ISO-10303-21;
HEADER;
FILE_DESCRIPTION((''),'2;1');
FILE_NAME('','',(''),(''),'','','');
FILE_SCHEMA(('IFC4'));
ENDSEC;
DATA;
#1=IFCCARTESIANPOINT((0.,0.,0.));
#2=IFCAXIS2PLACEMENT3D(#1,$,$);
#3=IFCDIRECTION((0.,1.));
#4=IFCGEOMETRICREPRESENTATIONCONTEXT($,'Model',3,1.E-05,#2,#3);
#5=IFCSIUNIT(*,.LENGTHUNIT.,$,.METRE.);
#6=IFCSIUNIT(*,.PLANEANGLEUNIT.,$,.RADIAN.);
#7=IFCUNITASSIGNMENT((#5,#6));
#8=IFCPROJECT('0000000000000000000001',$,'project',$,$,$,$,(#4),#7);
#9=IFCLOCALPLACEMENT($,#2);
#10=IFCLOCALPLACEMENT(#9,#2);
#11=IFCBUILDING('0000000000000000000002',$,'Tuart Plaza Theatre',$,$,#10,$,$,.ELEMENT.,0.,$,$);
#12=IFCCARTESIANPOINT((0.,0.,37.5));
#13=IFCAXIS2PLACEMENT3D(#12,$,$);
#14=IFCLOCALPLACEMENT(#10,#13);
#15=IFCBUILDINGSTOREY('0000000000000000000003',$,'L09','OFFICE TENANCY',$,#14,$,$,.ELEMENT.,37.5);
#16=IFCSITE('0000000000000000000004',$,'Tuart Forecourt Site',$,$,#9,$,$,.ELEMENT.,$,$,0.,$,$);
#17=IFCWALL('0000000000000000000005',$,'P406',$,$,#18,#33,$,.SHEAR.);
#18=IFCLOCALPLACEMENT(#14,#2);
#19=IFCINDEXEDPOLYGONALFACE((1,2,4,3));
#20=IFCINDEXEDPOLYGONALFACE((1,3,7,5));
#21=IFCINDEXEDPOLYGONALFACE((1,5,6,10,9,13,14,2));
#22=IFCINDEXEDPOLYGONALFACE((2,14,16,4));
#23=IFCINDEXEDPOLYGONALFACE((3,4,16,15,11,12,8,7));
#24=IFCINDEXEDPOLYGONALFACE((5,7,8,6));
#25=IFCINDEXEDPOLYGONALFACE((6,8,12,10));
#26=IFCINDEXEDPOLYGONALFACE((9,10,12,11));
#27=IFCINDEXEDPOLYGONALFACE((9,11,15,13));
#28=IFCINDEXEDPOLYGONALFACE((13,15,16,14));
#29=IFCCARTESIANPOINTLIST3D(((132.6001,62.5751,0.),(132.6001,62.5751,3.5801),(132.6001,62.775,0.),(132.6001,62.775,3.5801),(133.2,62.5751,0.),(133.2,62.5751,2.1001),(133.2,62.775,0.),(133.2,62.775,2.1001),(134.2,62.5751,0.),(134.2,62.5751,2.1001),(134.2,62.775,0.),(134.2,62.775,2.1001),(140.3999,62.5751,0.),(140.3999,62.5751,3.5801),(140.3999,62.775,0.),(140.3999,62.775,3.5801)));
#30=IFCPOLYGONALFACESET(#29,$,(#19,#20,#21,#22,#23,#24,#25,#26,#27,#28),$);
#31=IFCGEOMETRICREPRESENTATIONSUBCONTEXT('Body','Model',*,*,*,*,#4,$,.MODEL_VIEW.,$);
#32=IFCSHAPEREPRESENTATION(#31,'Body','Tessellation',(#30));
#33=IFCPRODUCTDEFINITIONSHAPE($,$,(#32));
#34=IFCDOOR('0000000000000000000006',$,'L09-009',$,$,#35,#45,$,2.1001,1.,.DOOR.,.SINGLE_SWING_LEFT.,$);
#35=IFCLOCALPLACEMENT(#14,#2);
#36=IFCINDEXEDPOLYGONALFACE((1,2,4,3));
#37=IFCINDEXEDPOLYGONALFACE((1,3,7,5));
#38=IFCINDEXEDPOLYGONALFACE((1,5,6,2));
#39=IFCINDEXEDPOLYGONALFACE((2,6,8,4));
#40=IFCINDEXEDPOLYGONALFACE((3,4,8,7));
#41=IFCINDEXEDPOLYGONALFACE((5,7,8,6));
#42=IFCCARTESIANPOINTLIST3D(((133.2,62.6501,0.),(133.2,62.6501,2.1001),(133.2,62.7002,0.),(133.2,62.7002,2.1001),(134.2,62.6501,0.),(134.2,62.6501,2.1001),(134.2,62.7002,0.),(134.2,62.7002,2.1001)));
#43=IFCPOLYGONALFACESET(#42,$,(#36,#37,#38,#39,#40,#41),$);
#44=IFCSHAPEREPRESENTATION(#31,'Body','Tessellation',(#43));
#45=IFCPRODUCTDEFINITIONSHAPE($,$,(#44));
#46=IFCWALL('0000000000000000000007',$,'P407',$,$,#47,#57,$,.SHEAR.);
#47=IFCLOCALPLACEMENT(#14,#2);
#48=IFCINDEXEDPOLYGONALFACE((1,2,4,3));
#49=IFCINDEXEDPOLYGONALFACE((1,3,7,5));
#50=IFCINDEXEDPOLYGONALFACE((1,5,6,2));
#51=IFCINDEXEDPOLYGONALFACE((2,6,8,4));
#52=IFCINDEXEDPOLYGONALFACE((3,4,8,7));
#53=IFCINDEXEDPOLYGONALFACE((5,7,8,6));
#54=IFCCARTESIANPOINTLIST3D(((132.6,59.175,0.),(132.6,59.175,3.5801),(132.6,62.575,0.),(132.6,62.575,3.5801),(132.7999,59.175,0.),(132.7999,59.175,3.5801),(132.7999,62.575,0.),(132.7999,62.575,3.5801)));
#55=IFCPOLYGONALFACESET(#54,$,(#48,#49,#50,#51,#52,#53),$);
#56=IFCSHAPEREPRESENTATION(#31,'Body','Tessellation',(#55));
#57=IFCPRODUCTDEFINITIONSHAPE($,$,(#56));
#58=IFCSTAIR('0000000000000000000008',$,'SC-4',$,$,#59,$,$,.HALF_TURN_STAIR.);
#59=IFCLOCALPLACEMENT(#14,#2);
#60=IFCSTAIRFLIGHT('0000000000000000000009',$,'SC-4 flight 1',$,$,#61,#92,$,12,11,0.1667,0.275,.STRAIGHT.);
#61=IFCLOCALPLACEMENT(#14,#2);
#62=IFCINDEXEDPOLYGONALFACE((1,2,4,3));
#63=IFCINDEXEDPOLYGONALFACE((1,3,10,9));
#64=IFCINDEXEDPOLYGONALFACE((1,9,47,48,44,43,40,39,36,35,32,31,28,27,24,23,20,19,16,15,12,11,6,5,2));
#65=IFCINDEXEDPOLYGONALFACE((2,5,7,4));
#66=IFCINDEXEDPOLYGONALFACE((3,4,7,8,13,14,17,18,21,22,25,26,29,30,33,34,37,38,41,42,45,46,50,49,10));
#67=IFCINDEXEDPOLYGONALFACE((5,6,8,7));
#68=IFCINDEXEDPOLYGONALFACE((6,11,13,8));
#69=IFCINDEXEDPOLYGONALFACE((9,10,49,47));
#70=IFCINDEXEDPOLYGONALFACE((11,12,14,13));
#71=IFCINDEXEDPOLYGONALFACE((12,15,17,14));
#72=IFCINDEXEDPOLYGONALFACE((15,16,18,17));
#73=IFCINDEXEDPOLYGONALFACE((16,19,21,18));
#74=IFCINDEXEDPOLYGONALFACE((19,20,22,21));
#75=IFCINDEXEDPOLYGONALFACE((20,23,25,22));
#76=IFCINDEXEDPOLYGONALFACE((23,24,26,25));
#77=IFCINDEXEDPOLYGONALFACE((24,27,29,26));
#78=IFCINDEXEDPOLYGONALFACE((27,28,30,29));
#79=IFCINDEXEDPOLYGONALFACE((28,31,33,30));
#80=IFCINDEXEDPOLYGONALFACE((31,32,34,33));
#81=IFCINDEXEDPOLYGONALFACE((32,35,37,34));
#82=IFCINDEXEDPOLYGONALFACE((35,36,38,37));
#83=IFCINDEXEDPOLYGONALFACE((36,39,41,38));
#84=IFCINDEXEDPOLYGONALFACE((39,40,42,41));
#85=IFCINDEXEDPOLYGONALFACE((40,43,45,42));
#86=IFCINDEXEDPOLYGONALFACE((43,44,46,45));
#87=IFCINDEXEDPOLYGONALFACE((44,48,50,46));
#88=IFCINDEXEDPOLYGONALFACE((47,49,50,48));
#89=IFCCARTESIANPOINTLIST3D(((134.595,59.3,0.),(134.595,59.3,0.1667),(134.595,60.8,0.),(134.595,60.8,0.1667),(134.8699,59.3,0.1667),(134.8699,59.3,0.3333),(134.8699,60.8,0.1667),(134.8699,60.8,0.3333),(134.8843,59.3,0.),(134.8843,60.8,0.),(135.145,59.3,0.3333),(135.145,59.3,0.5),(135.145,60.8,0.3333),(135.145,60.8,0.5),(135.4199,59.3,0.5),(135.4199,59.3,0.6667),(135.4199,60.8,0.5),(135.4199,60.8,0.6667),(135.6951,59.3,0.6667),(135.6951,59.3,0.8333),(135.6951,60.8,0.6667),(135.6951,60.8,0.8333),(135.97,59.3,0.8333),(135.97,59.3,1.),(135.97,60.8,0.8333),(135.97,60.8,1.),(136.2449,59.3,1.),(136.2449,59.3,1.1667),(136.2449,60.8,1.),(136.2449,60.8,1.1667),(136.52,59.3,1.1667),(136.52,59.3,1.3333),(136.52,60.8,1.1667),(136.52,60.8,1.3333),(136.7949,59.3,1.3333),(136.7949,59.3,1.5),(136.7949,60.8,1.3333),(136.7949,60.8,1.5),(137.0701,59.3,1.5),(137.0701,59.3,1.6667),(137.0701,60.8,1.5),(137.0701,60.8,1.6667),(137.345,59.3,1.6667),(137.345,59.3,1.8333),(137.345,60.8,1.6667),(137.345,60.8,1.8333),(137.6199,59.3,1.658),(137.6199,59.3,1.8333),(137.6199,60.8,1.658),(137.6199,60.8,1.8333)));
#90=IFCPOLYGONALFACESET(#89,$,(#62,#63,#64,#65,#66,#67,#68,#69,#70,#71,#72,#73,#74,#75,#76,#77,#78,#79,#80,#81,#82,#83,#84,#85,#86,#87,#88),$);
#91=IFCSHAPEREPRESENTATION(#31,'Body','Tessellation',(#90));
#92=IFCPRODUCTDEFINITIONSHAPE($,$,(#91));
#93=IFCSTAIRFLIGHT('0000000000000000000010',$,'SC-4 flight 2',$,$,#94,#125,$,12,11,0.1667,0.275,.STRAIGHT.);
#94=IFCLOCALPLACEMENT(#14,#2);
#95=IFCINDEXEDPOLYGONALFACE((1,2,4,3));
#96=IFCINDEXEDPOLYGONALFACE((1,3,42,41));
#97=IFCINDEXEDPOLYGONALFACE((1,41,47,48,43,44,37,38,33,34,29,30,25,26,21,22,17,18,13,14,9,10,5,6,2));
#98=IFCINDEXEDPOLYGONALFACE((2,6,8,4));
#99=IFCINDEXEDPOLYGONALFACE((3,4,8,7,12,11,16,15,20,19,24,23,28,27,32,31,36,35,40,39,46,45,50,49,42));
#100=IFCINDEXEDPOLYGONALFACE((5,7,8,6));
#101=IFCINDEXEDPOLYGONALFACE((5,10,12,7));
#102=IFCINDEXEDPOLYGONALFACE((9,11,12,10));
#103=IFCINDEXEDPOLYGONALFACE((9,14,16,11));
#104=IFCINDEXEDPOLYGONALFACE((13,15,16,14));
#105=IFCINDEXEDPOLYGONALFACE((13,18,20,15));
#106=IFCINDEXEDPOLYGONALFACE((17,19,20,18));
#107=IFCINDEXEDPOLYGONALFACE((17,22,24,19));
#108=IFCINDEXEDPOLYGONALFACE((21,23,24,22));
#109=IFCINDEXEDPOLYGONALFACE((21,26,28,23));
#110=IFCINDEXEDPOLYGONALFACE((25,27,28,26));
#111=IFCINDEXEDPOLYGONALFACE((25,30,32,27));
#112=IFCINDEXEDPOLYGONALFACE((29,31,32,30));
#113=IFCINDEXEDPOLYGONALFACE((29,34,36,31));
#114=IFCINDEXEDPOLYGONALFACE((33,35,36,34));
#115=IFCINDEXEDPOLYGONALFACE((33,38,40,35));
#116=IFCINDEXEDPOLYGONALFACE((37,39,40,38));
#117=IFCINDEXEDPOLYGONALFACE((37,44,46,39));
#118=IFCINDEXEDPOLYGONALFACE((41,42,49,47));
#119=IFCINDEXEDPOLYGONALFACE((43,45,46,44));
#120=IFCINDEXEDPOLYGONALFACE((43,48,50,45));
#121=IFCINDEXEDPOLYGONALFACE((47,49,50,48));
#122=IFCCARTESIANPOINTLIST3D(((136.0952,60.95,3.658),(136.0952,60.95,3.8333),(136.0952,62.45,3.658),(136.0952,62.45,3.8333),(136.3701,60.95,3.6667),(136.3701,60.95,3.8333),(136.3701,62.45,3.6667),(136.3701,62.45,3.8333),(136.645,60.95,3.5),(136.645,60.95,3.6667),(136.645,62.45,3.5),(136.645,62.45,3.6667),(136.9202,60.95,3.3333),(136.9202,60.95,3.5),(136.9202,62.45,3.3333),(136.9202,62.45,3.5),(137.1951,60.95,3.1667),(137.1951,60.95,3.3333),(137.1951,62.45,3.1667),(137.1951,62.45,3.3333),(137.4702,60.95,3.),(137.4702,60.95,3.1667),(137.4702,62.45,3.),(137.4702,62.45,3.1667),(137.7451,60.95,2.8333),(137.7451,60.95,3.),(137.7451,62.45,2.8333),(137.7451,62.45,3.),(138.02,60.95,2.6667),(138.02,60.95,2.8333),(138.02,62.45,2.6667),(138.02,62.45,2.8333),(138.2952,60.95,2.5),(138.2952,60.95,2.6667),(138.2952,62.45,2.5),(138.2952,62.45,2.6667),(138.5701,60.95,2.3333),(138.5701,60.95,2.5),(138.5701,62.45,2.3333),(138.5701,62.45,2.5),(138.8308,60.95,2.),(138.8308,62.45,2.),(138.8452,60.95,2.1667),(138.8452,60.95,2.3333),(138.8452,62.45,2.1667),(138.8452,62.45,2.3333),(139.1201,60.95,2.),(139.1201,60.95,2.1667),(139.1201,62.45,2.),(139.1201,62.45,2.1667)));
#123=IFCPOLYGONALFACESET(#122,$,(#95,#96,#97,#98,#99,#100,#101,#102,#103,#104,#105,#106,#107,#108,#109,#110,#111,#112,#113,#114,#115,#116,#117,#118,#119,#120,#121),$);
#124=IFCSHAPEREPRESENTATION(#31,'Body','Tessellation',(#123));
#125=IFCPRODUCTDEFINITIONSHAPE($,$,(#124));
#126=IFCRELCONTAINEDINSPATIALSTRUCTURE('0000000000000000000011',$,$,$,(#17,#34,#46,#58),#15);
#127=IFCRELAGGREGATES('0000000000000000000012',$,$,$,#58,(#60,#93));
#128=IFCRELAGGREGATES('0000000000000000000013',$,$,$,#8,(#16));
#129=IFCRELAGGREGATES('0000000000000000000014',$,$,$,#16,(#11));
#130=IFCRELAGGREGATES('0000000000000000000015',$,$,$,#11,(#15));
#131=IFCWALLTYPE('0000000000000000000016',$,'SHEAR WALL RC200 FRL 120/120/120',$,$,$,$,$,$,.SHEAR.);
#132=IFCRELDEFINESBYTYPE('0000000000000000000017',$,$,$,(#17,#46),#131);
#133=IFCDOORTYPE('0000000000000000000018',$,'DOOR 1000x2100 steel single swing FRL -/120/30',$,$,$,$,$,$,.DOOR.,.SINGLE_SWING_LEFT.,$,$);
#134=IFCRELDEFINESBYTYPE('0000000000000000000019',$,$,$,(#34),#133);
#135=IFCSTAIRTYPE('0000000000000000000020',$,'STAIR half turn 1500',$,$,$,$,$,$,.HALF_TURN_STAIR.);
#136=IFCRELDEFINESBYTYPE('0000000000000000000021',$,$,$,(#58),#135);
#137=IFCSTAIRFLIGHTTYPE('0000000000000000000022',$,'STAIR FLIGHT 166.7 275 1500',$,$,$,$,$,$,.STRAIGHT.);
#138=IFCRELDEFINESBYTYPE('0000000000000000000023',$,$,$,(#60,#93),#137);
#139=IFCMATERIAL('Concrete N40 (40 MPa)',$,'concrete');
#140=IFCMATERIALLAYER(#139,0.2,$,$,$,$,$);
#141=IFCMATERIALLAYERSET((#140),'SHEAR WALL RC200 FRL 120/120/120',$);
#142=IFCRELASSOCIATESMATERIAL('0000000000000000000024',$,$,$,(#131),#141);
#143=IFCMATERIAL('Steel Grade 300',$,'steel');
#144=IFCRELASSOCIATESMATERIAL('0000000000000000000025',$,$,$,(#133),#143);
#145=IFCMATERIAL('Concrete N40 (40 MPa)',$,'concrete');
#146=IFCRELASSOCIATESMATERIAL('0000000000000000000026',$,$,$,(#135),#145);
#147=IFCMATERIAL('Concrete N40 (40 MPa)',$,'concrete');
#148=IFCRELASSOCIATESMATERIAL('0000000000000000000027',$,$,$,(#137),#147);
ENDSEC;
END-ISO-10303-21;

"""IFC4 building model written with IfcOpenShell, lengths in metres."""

from ifc_helpers import new_model, si_unit, direction, frame, frame_2d, origin, place, context, subcontext, project, spatial, polyline, rectangle, outline, extrude, material, layer, layer_set, type_object, element, fill, aggregate, save


model = new_model("IFC4")

# Units and contexts
model_context = context("Model", 3, precision=1e-05, world=origin(), true_north=direction((0.0, 1.0)))
body_context = subcontext(model_context, "Body", "Model", "MODEL_VIEW")
ifc_project = project(units=[si_unit("LENGTHUNIT", "METRE"), si_unit("PLANEANGLEUNIT", "RADIAN")], contexts=[model_context])

# Site, building, storey
site_placement = place(None, origin())
site = spatial("IfcSite", under=ifc_project, at=site_placement, Name="Tuart Forecourt Site", CompositionType="ELEMENT", RefElevation=0.0)
building_placement = place(site_placement, origin())
building = spatial("IfcBuilding", under=site, at=building_placement, Name="Tuart Plaza Theatre", CompositionType="ELEMENT", ElevationOfRefHeight=0.0)
storey_placement = place(building_placement, frame((0.0, 0.0, 37.5)))
storey = spatial("IfcBuildingStorey", under=building, at=storey_placement, Name="L09", Description="OFFICE TENANCY", CompositionType="ELEMENT", Elevation=37.5)

# Shared definitions
ifc_material_1 = material(Name="Concrete N40 (40 MPa)", Category="concrete")
ifc_layer_1 = layer(ifc_material_1, 0.2)
ifc_layer_set_1 = layer_set([ifc_layer_1], Name="SHEAR WALL RC200 FRL 120/120/120")
wall_type_1 = type_object("IfcWallType", Name="SHEAR WALL RC200 FRL 120/120/120", PredefinedType="SHEAR", material=ifc_layer_set_1)

# Wall, opening, door
wall_1_placement = place(storey_placement, frame((140.3999, 62.675, 0.0), z_axis=(0.0, 0.0, 1.0), x_axis=(-1.0, 0.0, 0.0)))
wall_1 = element("IfcWall", 1, at=wall_1_placement, inside=storey, type_object=wall_type_1, Name="P406", PredefinedType="SHEAR", context=body_context, shape_type="SweptSolid", body=[
    extrude(rectangle(XDim=7.7998, YDim=0.2, at=frame_2d((3.8999, 0.0))), origin(), (0.0, 0.0, 1.0), 3.5801),
])
opening_1_placement = place(wall_1_placement, frame((6.2, 0.0, 0.0)))
opening_1 = element("IfcOpeningElement", 2, at=opening_1_placement, cuts=wall_1, PredefinedType="OPENING", context=body_context, shape_type="SweptSolid", body=[
    extrude(rectangle(XDim=1.0, YDim=2.1001, at=frame_2d((0.5, 1.05))), frame((0.0, 0.1099, 0.0), z_axis=(0.0, -1.0, 0.0), x_axis=(1.0, 0.0, 0.0)), (0.0, 0.0, 1.0), 0.22),
])
ifc_material_2 = material(Name="Steel Grade 300", Category="steel")
door_type_1 = type_object("IfcDoorType", Name="DOOR 1000x2100 steel single swing FRL -/120/30", OperationType="SINGLE_SWING_LEFT", PredefinedType="DOOR", material=ifc_material_2)
door_1_placement = place(opening_1_placement, origin())
door_1 = element("IfcDoor", 3, at=door_1_placement, inside=storey, type_object=door_type_1, Name="L09-009", OperationType="SINGLE_SWING_LEFT", OverallHeight=2.1001, OverallWidth=1.0, PredefinedType="DOOR", context=body_context, shape_type="SweptSolid", body=[
    extrude(rectangle(XDim=1.0, YDim=2.1001, at=frame_2d((0.5, 1.05))), frame((0.0, 0.0249, 0.0), z_axis=(0.0, -1.0, 0.0), x_axis=(1.0, 0.0, 0.0)), (0.0, 0.0, 1.0), 0.05),
])
fill(opening_1, door_1)

# Wall
wall_2_placement = place(storey_placement, frame((132.7, 62.575, 0.0), z_axis=(0.0, 0.0, 1.0), x_axis=(0.0, -1.0, 0.0)))
element("IfcWall", 4, at=wall_2_placement, inside=storey, type_object=wall_type_1, Name="P407", PredefinedType="SHEAR", context=body_context, shape_type="SweptSolid", body=[
    extrude(rectangle(XDim=3.3999, YDim=0.2, at=frame_2d((1.7, 0.0))), origin(), (0.0, 0.0, 1.0), 3.5801),
])

# Stair, stair flights
ifc_material_3 = material(Name="Concrete N40 (40 MPa)", Category="concrete")
stair_type = type_object("IfcStairType", Name="STAIR half turn 1500", PredefinedType="HALF_TURN_STAIR", material=ifc_material_3)
stair_placement = place(storey_placement, origin())
stair = element("IfcStair", 5, at=stair_placement, inside=storey, type_object=stair_type, Name="SC-4", PredefinedType="HALF_TURN_STAIR")
ifc_material_4 = material(Name="Concrete N40 (40 MPa)", Category="concrete")
stair_flight_type = type_object("IfcStairFlightType", Name="STAIR FLIGHT 166.7 275 1500", PredefinedType="STRAIGHT", material=ifc_material_4)
stair_flight_1_placement = place(storey_placement, frame((134.595, 60.05, 0.0), z_axis=(0.0, 0.0, 1.0), x_axis=(1.0, 0.0, 0.0)))
stair_flight_1 = element("IfcStairFlight", 6, at=stair_flight_1_placement, type_object=stair_flight_type, Name="SC-4 flight 1", NumberOfRisers=12, NumberOfTreads=11, PredefinedType="STRAIGHT", RiserHeight=0.1667, TreadLength=0.275, context=body_context, shape_type="SweptSolid", body=[
    extrude(outline(polyline([(0.0, 0.0), (0.0, 0.1667), (0.2749, 0.1667), (0.2749, 0.3333), (0.55, 0.3333), (0.55, 0.5), (0.825, 0.5), (0.825, 0.6667), (1.1001, 0.6667), (1.1001, 0.8333), (1.375, 0.8333), (1.375, 1.0), (1.6499, 1.0), (1.6499, 1.1667), (1.925, 1.1667), (1.925, 1.3333), (2.2, 1.3333), (2.2, 1.5), (2.4751, 1.5), (2.4751, 1.6667), (2.75, 1.6667), (2.75, 1.8333), (3.0249, 1.8333), (3.0249, 2.0), (3.0249, 1.658), (0.2893, 0.0), (0.0, 0.0)])), frame((0.0, 0.75, 0.0), z_axis=(0.0, -1.0, 0.0), x_axis=(1.0, 0.0, 0.0)), (0.0, 0.0, 1.0), 1.5),
])
stair_flight_2_placement = place(storey_placement, frame((139.1201, 61.7, 2.0), z_axis=(0.0, 0.0, 1.0), x_axis=(-1.0, 0.0, 0.0)))
stair_flight_2 = element("IfcStairFlight", 7, at=stair_flight_2_placement, type_object=stair_flight_type, Name="SC-4 flight 2", NumberOfRisers=12, NumberOfTreads=11, PredefinedType="STRAIGHT", RiserHeight=0.1667, TreadLength=0.275, context=body_context, shape_type="SweptSolid", body=[
    extrude(outline(polyline([(0.0, 0.0), (0.0, 0.1667), (0.2749, 0.1667), (0.2749, 0.3333), (0.55, 0.3333), (0.55, 0.5), (0.825, 0.5), (0.825, 0.6667), (1.1001, 0.6667), (1.1001, 0.8333), (1.375, 0.8333), (1.375, 1.0), (1.6499, 1.0), (1.6499, 1.1667), (1.925, 1.1667), (1.925, 1.3333), (2.2, 1.3333), (2.2, 1.5), (2.4751, 1.5), (2.4751, 1.6667), (2.75, 1.6667), (2.75, 1.8333), (3.0249, 1.8333), (3.0249, 2.0), (3.0249, 1.658), (0.2893, 0.0), (0.0, 0.0)])), frame((0.0, 0.75, 0.0), z_axis=(0.0, -1.0, 0.0), x_axis=(1.0, 0.0, 0.0)), (0.0, 0.0, 1.0), 1.5),
])
aggregate(stair, [stair_flight_1, stair_flight_2])

save(model, "model.ifc")
